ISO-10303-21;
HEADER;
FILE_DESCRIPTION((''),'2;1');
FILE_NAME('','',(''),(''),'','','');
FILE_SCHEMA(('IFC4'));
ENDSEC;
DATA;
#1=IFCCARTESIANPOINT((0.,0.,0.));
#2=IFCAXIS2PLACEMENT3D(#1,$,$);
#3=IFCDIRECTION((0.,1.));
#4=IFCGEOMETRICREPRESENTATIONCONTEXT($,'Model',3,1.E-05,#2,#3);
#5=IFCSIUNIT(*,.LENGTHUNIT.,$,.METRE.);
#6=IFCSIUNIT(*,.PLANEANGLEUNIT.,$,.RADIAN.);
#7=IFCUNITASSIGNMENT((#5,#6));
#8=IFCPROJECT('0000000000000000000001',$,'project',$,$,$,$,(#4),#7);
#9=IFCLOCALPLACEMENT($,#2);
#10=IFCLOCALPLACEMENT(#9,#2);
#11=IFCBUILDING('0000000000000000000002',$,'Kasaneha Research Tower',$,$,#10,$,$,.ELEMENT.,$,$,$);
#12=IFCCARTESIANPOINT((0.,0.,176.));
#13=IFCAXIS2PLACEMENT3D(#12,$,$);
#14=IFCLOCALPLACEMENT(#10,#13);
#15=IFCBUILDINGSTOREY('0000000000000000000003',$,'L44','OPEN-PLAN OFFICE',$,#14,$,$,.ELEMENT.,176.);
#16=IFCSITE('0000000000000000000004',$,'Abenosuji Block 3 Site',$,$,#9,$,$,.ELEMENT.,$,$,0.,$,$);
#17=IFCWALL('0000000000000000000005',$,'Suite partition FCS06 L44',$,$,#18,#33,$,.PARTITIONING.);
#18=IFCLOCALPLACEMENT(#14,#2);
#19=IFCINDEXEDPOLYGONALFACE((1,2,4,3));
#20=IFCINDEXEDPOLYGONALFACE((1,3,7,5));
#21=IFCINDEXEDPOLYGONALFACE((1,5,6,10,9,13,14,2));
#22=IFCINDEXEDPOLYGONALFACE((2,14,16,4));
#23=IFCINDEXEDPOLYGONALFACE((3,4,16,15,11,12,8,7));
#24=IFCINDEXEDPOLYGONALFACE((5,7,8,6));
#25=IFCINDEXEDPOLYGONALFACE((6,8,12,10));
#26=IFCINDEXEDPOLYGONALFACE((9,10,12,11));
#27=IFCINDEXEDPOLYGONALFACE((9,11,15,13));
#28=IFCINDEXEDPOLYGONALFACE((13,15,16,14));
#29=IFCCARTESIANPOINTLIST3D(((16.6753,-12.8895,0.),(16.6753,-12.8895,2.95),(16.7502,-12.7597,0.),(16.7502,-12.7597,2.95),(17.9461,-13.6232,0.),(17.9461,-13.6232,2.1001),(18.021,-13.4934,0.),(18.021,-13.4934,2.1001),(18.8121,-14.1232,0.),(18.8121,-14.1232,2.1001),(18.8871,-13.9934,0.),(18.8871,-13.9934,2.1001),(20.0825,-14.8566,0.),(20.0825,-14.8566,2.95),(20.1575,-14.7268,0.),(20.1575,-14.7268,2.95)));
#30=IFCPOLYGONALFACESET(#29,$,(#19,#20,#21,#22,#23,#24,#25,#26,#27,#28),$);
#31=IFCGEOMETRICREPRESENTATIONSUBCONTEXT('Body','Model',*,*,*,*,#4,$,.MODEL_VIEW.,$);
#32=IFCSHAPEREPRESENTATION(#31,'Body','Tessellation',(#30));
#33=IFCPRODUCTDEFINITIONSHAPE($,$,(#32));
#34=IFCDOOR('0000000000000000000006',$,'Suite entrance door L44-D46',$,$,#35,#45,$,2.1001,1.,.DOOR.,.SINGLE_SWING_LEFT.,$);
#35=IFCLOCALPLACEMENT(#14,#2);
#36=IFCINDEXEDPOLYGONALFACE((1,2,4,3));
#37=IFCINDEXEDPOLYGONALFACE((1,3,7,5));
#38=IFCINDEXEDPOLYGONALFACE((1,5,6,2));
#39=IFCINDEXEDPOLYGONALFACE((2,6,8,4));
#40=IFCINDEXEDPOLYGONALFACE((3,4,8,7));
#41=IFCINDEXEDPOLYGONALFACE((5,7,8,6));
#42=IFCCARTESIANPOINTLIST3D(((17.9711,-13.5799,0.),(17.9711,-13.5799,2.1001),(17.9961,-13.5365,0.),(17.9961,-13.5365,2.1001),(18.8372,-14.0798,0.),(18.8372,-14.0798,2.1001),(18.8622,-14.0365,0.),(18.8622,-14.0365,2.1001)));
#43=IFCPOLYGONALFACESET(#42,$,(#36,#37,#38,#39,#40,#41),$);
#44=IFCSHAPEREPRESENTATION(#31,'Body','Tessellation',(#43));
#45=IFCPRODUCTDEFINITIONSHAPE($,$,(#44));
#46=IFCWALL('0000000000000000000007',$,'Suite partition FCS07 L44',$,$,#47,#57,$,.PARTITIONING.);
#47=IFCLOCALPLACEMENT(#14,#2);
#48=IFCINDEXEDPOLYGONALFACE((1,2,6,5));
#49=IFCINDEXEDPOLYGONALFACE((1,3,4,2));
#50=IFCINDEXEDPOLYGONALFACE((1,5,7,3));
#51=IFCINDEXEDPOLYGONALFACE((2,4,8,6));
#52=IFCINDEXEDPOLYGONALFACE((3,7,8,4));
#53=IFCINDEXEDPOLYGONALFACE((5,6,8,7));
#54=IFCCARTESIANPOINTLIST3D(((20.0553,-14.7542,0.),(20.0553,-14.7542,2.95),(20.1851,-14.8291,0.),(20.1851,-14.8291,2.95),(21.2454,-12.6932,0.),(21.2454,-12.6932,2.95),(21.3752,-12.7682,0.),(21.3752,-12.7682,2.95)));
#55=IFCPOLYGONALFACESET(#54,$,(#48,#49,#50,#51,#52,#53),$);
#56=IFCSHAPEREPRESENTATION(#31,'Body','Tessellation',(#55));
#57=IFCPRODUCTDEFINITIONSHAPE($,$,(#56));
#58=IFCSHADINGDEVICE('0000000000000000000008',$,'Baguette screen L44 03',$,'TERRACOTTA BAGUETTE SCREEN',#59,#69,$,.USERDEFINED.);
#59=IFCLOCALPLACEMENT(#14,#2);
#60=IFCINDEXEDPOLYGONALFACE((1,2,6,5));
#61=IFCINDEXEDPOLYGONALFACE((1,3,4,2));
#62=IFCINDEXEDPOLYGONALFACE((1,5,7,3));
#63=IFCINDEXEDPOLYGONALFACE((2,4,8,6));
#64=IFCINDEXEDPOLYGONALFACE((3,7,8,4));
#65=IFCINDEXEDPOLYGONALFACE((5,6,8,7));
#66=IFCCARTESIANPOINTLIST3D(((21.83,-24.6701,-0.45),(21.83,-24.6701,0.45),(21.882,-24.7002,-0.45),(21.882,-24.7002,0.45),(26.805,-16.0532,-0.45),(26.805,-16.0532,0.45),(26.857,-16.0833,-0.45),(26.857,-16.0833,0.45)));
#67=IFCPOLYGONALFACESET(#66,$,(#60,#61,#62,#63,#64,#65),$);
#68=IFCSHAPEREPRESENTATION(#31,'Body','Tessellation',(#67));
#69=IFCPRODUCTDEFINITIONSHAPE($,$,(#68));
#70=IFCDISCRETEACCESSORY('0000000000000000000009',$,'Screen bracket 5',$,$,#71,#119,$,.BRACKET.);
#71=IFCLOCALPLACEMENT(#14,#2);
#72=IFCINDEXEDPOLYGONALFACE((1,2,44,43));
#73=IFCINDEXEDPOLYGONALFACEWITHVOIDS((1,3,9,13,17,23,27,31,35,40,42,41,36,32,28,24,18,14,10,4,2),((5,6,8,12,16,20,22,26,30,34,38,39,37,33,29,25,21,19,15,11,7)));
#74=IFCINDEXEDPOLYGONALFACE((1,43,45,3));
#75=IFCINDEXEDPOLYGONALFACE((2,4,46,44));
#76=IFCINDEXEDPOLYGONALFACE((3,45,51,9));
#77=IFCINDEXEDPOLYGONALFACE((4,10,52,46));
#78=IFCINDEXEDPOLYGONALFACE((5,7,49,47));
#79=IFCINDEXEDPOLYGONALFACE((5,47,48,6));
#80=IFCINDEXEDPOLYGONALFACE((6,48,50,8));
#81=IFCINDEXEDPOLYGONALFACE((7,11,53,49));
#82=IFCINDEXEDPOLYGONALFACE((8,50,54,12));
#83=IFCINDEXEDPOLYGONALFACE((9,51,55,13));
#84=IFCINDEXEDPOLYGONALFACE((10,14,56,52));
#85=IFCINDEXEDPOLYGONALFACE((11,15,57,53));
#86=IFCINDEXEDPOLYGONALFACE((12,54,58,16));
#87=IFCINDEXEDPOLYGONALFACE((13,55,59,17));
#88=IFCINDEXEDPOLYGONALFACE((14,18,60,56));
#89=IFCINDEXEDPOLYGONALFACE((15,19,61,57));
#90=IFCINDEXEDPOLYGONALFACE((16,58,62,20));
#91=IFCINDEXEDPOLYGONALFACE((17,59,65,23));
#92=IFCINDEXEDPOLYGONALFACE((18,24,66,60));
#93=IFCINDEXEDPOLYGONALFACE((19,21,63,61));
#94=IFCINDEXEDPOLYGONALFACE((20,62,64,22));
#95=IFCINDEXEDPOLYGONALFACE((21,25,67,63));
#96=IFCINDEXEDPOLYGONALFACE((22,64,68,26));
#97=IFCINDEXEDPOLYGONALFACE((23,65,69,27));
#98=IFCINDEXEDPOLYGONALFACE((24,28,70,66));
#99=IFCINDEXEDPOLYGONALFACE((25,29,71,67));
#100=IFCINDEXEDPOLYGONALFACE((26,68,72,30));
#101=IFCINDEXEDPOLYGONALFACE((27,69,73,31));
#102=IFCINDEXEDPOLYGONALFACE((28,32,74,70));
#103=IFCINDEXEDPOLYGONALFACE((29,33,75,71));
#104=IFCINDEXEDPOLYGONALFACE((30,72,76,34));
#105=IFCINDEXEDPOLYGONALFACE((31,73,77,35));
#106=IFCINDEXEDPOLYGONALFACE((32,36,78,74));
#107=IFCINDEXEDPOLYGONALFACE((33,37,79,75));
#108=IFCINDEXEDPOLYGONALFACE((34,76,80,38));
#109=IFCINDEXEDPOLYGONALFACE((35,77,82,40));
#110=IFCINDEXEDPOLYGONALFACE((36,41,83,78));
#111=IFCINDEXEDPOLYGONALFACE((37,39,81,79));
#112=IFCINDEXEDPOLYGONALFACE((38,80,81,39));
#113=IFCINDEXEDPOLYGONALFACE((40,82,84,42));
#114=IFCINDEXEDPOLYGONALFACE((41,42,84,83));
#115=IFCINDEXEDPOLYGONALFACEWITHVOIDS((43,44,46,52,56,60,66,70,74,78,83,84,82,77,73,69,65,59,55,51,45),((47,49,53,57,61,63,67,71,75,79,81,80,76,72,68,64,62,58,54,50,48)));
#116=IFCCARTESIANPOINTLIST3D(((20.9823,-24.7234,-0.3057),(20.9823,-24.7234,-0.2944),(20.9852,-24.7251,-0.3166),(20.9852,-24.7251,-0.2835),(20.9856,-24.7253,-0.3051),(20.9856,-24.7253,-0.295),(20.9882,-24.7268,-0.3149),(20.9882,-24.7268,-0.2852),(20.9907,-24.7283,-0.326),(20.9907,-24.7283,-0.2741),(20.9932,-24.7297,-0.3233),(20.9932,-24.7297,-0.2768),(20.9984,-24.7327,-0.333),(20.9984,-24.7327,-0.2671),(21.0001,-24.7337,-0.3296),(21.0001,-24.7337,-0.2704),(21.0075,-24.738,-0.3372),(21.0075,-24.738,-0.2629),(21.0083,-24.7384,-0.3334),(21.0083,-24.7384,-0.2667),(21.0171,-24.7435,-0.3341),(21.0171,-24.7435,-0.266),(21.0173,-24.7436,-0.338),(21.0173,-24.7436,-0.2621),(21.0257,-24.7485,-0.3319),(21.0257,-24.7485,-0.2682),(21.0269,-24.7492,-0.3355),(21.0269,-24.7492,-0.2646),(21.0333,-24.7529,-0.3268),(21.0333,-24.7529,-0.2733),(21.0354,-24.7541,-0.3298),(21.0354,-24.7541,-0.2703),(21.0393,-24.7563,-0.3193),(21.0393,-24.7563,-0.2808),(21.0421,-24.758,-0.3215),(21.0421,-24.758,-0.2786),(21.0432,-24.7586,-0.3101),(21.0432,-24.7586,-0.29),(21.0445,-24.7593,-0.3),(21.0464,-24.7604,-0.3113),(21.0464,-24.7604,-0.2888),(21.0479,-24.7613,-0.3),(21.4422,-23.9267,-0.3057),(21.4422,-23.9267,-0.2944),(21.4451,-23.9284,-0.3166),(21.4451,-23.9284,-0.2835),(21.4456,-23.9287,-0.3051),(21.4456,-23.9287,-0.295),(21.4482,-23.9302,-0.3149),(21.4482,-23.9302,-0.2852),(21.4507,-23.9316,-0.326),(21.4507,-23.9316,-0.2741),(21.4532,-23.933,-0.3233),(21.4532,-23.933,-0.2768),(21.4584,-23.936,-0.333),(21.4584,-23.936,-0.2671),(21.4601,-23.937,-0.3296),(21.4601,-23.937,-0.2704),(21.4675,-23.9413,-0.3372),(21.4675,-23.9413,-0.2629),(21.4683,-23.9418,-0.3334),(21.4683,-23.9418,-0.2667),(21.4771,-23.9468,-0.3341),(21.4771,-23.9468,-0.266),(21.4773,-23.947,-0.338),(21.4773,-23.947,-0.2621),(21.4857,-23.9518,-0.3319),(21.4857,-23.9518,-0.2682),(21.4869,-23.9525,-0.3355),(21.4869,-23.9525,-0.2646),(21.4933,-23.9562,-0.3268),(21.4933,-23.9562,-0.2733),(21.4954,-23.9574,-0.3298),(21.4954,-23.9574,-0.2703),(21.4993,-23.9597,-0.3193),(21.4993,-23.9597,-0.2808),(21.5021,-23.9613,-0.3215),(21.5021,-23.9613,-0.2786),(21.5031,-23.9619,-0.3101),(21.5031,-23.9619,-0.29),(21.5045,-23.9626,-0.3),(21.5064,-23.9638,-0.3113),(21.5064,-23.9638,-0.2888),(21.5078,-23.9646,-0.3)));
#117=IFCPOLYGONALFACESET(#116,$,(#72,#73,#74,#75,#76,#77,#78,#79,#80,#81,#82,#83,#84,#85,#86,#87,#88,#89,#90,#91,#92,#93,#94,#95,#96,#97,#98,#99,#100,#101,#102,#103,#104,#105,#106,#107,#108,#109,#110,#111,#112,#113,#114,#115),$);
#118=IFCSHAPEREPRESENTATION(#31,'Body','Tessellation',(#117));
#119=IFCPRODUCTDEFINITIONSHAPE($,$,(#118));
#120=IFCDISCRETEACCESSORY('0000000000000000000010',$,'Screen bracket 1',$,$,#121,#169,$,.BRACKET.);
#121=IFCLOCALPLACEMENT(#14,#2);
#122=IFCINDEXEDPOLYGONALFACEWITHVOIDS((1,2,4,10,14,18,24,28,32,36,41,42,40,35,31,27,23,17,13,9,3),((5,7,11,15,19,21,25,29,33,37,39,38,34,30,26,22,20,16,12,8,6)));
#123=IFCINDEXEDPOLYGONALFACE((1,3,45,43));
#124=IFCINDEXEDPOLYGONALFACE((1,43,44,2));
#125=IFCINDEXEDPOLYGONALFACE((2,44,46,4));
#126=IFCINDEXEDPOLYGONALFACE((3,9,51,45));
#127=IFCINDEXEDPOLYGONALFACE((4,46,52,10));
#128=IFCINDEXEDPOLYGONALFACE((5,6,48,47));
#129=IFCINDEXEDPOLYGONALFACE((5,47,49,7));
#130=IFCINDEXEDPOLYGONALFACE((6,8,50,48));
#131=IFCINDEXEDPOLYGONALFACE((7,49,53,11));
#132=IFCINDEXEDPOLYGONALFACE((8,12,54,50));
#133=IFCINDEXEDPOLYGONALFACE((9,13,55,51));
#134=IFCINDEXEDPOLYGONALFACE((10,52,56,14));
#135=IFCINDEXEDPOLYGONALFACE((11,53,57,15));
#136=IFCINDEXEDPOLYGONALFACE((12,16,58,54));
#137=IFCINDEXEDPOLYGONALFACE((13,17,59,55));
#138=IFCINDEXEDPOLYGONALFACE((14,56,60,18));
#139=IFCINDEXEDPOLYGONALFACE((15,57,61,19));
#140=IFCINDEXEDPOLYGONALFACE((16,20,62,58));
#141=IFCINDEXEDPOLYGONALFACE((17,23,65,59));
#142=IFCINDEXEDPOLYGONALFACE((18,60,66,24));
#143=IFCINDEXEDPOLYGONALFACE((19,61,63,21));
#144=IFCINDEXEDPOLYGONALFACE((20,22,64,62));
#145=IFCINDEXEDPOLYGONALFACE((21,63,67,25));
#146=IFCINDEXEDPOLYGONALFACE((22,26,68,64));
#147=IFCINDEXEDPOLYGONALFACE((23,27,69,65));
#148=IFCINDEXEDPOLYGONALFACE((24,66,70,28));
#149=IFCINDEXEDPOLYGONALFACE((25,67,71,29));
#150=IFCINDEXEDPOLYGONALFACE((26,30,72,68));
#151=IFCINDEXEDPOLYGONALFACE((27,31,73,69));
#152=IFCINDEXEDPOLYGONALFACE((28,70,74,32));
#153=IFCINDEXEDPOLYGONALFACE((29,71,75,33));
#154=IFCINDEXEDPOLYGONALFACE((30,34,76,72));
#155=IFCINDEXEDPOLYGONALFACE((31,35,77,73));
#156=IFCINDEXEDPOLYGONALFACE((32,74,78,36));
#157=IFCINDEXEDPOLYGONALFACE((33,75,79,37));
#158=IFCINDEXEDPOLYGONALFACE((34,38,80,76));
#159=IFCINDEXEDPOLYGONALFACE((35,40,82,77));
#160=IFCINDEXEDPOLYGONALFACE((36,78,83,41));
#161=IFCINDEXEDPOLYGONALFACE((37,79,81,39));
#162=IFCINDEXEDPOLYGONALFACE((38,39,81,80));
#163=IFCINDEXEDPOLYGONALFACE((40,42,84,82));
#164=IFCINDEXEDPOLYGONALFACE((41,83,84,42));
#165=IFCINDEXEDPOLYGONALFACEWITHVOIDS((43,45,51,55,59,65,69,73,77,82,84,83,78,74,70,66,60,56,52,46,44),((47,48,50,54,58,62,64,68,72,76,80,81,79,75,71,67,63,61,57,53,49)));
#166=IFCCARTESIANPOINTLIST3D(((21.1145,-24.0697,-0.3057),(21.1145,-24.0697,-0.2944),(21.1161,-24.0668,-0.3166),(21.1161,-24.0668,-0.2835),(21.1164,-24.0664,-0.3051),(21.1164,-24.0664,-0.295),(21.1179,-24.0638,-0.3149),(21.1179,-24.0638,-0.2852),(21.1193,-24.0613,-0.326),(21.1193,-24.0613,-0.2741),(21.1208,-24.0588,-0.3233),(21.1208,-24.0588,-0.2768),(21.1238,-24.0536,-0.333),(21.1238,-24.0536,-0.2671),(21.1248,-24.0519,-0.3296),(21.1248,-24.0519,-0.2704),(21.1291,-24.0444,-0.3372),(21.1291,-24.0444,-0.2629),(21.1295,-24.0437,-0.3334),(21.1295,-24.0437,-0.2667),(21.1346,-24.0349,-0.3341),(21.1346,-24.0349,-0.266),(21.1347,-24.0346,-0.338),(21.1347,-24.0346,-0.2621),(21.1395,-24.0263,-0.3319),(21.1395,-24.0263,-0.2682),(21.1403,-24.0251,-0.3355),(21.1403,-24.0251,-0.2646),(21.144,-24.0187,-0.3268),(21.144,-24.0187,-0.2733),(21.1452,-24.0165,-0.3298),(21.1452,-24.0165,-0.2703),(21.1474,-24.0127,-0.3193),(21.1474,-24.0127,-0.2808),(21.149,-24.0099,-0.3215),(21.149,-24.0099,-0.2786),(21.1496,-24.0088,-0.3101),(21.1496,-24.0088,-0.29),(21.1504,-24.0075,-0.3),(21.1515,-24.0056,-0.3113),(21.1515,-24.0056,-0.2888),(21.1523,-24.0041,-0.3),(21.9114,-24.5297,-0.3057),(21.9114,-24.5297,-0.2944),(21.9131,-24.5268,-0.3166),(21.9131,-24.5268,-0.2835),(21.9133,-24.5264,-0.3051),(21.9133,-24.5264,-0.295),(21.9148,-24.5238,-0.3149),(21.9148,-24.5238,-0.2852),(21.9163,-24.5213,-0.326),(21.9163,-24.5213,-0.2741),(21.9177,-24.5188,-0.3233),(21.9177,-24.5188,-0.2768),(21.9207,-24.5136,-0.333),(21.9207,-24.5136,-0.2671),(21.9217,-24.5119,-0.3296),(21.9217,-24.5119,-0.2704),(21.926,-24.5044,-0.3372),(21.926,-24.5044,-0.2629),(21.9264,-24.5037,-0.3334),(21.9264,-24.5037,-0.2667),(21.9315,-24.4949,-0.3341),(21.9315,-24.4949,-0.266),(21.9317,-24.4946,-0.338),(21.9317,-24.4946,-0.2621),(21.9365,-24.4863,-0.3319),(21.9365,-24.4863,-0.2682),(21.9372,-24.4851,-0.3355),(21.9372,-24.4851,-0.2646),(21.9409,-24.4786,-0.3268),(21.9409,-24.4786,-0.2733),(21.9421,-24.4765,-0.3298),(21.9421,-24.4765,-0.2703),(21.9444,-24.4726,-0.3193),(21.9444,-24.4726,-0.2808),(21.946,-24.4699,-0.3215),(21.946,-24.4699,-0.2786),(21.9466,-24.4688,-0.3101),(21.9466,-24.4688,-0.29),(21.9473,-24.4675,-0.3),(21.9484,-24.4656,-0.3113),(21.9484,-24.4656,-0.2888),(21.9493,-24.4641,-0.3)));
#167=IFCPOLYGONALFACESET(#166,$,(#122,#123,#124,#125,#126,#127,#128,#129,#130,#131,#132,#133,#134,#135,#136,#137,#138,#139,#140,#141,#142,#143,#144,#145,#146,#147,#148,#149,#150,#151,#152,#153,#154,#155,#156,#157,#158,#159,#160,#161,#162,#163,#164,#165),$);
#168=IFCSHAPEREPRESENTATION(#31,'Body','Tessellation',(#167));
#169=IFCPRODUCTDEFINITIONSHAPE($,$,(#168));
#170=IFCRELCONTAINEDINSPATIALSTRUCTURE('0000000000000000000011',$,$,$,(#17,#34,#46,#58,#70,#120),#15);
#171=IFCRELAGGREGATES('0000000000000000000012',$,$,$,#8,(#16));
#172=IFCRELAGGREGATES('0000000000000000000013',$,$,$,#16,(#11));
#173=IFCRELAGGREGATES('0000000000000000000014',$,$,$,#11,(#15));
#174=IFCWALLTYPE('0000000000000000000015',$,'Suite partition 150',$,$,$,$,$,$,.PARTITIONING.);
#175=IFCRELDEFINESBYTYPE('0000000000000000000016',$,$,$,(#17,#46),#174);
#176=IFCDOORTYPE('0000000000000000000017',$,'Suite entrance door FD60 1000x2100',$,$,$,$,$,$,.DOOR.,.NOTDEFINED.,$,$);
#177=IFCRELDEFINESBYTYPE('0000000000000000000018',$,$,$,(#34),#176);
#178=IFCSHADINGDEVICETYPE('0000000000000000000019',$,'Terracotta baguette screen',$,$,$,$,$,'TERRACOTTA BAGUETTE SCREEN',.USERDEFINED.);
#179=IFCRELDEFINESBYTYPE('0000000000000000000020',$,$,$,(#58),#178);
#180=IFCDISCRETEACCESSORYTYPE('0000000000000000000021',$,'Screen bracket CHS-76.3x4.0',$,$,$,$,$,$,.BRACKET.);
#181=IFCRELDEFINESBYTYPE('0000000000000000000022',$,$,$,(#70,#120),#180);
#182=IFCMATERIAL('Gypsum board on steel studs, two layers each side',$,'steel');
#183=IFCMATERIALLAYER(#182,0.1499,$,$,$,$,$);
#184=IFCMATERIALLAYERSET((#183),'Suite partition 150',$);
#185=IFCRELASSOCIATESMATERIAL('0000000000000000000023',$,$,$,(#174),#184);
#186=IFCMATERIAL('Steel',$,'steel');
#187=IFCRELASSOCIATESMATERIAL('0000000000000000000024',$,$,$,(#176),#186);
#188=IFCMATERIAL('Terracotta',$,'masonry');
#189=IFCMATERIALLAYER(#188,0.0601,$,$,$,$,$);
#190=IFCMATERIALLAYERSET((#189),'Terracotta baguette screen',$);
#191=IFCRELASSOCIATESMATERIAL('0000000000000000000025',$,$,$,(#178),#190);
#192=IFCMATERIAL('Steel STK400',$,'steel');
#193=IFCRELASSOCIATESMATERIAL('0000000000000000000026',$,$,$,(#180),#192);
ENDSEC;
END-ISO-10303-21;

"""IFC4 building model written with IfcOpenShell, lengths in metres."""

from ifc_helpers import new_model, si_unit, direction, frame, frame_2d, origin, origin_2d, place, context, subcontext, project, spatial, rectangle, hollow_circle, extrude, material, layer, layer_set, material_profile, profile_set, type_object, element, fill, save


model = new_model("IFC4")

# Units and contexts
model_context = context("Model", 3, precision=1e-05, world=origin(), true_north=direction((0.0, 1.0)))
body_context = subcontext(model_context, "Body", "Model", "MODEL_VIEW")
ifc_project = project(units=[si_unit("LENGTHUNIT", "METRE"), si_unit("PLANEANGLEUNIT", "RADIAN")], contexts=[model_context])

# Site, building, storey
site_placement = place(None, origin())
site = spatial("IfcSite", under=ifc_project, at=site_placement, Name="Abenosuji Block 3 Site", CompositionType="ELEMENT", RefElevation=0.0)
building_placement = place(site_placement, origin())
building = spatial("IfcBuilding", under=site, at=building_placement, Name="Kasaneha Research Tower", CompositionType="ELEMENT")
storey_placement = place(building_placement, frame((0.0, 0.0, 176.0)))
storey = spatial("IfcBuildingStorey", under=building, at=storey_placement, Name="L44", Description="OPEN-PLAN OFFICE", CompositionType="ELEMENT", Elevation=176.0)

# Wall, opening, door
ifc_material_1 = material(Name="Gypsum board on steel studs, two layers each side", Category="steel")
ifc_layer_1 = layer(ifc_material_1, 0.1499)
ifc_layer_set_1 = layer_set([ifc_layer_1], Name="Suite partition 150")
wall_type_1 = type_object("IfcWallType", Name="Suite partition 150", PredefinedType="PARTITIONING", material=ifc_layer_set_1)
wall_1_placement = place(storey_placement, frame((20.1201, -14.7917, 0.0), z_axis=(0.0, 0.0, 1.0), x_axis=(-0.866039, 0.499977, 0.0)))
wall_1 = element("IfcWall", 1, at=wall_1_placement, inside=storey, type_object=wall_type_1, Name="Suite partition FCS06 L44", PredefinedType="PARTITIONING", context=body_context, shape_type="SweptSolid", body=[
    extrude(rectangle(XDim=3.9343, YDim=0.1499, at=frame_2d((1.9673, 0.0))), origin(), (0.0, 0.0, 1.0), 2.95),
])
opening_1_placement = place(wall_1_placement, frame((1.467, 0.0, 0.0)))
opening_1 = element("IfcOpeningElement", 2, at=opening_1_placement, cuts=wall_1, PredefinedType="OPENING", context=body_context, shape_type="SweptSolid", body=[
    extrude(rectangle(XDim=1.0, YDim=2.1001, at=frame_2d((0.5, 1.05))), frame((0.0, 0.085, 0.0), z_axis=(0.0, -1.0, 0.0), x_axis=(1.0, 0.0, 0.0)), (0.0, 0.0, 1.0), 0.1699),
])
ifc_material_2 = material(Name="Steel", Category="steel")
door_type_1 = type_object("IfcDoorType", Name="Suite entrance door FD60 1000x2100", OperationType="NOTDEFINED", PredefinedType="DOOR", material=ifc_material_2)
door_1_placement = place(opening_1_placement, origin())
door_1 = element("IfcDoor", 3, at=door_1_placement, inside=storey, type_object=door_type_1, Name="Suite entrance door L44-D46", OperationType="SINGLE_SWING_LEFT", OverallHeight=2.1001, OverallWidth=1.0, PredefinedType="DOOR", context=body_context, shape_type="SweptSolid", body=[
    extrude(rectangle(XDim=1.0, YDim=2.1001, at=frame_2d((0.5, 1.05))), frame((0.0, 0.0249, 0.0), z_axis=(0.0, -1.0, 0.0), x_axis=(1.0, 0.0, 0.0)), (0.0, 0.0, 1.0), 0.05),
])
fill(opening_1, door_1)

# Wall
wall_2_placement = place(storey_placement, frame((21.3103, -12.7307, 0.0), z_axis=(0.0, 0.0, 1.0), x_axis=(-0.500078, -0.865981, 0.0)))
element("IfcWall", 4, at=wall_2_placement, inside=storey, type_object=wall_type_1, Name="Suite partition FCS07 L44", PredefinedType="PARTITIONING", context=body_context, shape_type="SweptSolid", body=[
    extrude(rectangle(XDim=2.3799, YDim=0.1499, at=frame_2d((1.1899, 0.0))), origin(), (0.0, 0.0, 1.0), 2.95),
])

# Shading device
ifc_material_3 = material(Name="Terracotta", Category="masonry")
ifc_layer_2 = layer(ifc_material_3, 0.0601)
ifc_layer_set_2 = layer_set([ifc_layer_2], Name="Terracotta baguette screen")
shading_device_type = type_object("IfcShadingDeviceType", Name="Terracotta baguette screen", ElementType="TERRACOTTA BAGUETTE SCREEN", PredefinedType="USERDEFINED", material=ifc_layer_set_2)
shading_device_placement = place(storey_placement, frame((24.3435, -20.3767, -0.45), z_axis=(0.0, 0.0, 1.0), x_axis=(0.5, 0.866025, 0.0)))
element("IfcShadingDevice", 5, at=shading_device_placement, inside=storey, type_object=shading_device_type, Name="Baguette screen L44 03", ObjectType="TERRACOTTA BAGUETTE SCREEN", PredefinedType="USERDEFINED", context=body_context, shape_type="SweptSolid", body=[
    extrude(rectangle(XDim=9.95, YDim=0.0601, at=origin_2d()), origin(), (0.0, 0.0, 1.0), 0.8999),
])

# Discrete accessories
ifc_material_4 = material(Name="Steel STK400", Category="steel")
ifc_material_profile_1 = material_profile(ifc_material_4, hollow_circle(Radius=0.0381, WallThickness=0.0039, at=origin_2d()), Name="CHS-76.3x4.0")
ifc_profile_set_1 = profile_set([ifc_material_profile_1], Name="Steel STK400")
discrete_accessory_type = type_object("IfcDiscreteAccessoryType", Name="Screen bracket CHS-76.3x4.0", PredefinedType="BRACKET", material=ifc_profile_set_1)
discrete_accessory_1_placement = place(storey_placement, frame((21.4749, -23.9456, -0.3), z_axis=(-0.500021, -0.866013, 0.0), x_axis=(0.866013, -0.500021, 0.0)))
element("IfcDiscreteAccessory", 6, at=discrete_accessory_1_placement, inside=storey, type_object=discrete_accessory_type, Name="Screen bracket 5", PredefinedType="BRACKET", context=body_context, shape_type="SweptSolid", body=[
    extrude(hollow_circle(Radius=0.0381, WallThickness=0.0039, at=origin_2d()), origin(), (0.0, 0.0, 1.0), 0.9199),
])
discrete_accessory_2_placement = place(storey_placement, frame((21.1333, -24.0371, -0.3), z_axis=(0.86608, -0.499906, 0.0), x_axis=(0.499906, 0.86608, 0.0)))
element("IfcDiscreteAccessory", 7, at=discrete_accessory_2_placement, inside=storey, type_object=discrete_accessory_type, Name="Screen bracket 1", PredefinedType="BRACKET", context=body_context, shape_type="SweptSolid", body=[
    extrude(hollow_circle(Radius=0.0381, WallThickness=0.0039, at=origin_2d()), origin(), (0.0, 0.0, 1.0), 0.9202),
])

save(model, "model.ifc")
